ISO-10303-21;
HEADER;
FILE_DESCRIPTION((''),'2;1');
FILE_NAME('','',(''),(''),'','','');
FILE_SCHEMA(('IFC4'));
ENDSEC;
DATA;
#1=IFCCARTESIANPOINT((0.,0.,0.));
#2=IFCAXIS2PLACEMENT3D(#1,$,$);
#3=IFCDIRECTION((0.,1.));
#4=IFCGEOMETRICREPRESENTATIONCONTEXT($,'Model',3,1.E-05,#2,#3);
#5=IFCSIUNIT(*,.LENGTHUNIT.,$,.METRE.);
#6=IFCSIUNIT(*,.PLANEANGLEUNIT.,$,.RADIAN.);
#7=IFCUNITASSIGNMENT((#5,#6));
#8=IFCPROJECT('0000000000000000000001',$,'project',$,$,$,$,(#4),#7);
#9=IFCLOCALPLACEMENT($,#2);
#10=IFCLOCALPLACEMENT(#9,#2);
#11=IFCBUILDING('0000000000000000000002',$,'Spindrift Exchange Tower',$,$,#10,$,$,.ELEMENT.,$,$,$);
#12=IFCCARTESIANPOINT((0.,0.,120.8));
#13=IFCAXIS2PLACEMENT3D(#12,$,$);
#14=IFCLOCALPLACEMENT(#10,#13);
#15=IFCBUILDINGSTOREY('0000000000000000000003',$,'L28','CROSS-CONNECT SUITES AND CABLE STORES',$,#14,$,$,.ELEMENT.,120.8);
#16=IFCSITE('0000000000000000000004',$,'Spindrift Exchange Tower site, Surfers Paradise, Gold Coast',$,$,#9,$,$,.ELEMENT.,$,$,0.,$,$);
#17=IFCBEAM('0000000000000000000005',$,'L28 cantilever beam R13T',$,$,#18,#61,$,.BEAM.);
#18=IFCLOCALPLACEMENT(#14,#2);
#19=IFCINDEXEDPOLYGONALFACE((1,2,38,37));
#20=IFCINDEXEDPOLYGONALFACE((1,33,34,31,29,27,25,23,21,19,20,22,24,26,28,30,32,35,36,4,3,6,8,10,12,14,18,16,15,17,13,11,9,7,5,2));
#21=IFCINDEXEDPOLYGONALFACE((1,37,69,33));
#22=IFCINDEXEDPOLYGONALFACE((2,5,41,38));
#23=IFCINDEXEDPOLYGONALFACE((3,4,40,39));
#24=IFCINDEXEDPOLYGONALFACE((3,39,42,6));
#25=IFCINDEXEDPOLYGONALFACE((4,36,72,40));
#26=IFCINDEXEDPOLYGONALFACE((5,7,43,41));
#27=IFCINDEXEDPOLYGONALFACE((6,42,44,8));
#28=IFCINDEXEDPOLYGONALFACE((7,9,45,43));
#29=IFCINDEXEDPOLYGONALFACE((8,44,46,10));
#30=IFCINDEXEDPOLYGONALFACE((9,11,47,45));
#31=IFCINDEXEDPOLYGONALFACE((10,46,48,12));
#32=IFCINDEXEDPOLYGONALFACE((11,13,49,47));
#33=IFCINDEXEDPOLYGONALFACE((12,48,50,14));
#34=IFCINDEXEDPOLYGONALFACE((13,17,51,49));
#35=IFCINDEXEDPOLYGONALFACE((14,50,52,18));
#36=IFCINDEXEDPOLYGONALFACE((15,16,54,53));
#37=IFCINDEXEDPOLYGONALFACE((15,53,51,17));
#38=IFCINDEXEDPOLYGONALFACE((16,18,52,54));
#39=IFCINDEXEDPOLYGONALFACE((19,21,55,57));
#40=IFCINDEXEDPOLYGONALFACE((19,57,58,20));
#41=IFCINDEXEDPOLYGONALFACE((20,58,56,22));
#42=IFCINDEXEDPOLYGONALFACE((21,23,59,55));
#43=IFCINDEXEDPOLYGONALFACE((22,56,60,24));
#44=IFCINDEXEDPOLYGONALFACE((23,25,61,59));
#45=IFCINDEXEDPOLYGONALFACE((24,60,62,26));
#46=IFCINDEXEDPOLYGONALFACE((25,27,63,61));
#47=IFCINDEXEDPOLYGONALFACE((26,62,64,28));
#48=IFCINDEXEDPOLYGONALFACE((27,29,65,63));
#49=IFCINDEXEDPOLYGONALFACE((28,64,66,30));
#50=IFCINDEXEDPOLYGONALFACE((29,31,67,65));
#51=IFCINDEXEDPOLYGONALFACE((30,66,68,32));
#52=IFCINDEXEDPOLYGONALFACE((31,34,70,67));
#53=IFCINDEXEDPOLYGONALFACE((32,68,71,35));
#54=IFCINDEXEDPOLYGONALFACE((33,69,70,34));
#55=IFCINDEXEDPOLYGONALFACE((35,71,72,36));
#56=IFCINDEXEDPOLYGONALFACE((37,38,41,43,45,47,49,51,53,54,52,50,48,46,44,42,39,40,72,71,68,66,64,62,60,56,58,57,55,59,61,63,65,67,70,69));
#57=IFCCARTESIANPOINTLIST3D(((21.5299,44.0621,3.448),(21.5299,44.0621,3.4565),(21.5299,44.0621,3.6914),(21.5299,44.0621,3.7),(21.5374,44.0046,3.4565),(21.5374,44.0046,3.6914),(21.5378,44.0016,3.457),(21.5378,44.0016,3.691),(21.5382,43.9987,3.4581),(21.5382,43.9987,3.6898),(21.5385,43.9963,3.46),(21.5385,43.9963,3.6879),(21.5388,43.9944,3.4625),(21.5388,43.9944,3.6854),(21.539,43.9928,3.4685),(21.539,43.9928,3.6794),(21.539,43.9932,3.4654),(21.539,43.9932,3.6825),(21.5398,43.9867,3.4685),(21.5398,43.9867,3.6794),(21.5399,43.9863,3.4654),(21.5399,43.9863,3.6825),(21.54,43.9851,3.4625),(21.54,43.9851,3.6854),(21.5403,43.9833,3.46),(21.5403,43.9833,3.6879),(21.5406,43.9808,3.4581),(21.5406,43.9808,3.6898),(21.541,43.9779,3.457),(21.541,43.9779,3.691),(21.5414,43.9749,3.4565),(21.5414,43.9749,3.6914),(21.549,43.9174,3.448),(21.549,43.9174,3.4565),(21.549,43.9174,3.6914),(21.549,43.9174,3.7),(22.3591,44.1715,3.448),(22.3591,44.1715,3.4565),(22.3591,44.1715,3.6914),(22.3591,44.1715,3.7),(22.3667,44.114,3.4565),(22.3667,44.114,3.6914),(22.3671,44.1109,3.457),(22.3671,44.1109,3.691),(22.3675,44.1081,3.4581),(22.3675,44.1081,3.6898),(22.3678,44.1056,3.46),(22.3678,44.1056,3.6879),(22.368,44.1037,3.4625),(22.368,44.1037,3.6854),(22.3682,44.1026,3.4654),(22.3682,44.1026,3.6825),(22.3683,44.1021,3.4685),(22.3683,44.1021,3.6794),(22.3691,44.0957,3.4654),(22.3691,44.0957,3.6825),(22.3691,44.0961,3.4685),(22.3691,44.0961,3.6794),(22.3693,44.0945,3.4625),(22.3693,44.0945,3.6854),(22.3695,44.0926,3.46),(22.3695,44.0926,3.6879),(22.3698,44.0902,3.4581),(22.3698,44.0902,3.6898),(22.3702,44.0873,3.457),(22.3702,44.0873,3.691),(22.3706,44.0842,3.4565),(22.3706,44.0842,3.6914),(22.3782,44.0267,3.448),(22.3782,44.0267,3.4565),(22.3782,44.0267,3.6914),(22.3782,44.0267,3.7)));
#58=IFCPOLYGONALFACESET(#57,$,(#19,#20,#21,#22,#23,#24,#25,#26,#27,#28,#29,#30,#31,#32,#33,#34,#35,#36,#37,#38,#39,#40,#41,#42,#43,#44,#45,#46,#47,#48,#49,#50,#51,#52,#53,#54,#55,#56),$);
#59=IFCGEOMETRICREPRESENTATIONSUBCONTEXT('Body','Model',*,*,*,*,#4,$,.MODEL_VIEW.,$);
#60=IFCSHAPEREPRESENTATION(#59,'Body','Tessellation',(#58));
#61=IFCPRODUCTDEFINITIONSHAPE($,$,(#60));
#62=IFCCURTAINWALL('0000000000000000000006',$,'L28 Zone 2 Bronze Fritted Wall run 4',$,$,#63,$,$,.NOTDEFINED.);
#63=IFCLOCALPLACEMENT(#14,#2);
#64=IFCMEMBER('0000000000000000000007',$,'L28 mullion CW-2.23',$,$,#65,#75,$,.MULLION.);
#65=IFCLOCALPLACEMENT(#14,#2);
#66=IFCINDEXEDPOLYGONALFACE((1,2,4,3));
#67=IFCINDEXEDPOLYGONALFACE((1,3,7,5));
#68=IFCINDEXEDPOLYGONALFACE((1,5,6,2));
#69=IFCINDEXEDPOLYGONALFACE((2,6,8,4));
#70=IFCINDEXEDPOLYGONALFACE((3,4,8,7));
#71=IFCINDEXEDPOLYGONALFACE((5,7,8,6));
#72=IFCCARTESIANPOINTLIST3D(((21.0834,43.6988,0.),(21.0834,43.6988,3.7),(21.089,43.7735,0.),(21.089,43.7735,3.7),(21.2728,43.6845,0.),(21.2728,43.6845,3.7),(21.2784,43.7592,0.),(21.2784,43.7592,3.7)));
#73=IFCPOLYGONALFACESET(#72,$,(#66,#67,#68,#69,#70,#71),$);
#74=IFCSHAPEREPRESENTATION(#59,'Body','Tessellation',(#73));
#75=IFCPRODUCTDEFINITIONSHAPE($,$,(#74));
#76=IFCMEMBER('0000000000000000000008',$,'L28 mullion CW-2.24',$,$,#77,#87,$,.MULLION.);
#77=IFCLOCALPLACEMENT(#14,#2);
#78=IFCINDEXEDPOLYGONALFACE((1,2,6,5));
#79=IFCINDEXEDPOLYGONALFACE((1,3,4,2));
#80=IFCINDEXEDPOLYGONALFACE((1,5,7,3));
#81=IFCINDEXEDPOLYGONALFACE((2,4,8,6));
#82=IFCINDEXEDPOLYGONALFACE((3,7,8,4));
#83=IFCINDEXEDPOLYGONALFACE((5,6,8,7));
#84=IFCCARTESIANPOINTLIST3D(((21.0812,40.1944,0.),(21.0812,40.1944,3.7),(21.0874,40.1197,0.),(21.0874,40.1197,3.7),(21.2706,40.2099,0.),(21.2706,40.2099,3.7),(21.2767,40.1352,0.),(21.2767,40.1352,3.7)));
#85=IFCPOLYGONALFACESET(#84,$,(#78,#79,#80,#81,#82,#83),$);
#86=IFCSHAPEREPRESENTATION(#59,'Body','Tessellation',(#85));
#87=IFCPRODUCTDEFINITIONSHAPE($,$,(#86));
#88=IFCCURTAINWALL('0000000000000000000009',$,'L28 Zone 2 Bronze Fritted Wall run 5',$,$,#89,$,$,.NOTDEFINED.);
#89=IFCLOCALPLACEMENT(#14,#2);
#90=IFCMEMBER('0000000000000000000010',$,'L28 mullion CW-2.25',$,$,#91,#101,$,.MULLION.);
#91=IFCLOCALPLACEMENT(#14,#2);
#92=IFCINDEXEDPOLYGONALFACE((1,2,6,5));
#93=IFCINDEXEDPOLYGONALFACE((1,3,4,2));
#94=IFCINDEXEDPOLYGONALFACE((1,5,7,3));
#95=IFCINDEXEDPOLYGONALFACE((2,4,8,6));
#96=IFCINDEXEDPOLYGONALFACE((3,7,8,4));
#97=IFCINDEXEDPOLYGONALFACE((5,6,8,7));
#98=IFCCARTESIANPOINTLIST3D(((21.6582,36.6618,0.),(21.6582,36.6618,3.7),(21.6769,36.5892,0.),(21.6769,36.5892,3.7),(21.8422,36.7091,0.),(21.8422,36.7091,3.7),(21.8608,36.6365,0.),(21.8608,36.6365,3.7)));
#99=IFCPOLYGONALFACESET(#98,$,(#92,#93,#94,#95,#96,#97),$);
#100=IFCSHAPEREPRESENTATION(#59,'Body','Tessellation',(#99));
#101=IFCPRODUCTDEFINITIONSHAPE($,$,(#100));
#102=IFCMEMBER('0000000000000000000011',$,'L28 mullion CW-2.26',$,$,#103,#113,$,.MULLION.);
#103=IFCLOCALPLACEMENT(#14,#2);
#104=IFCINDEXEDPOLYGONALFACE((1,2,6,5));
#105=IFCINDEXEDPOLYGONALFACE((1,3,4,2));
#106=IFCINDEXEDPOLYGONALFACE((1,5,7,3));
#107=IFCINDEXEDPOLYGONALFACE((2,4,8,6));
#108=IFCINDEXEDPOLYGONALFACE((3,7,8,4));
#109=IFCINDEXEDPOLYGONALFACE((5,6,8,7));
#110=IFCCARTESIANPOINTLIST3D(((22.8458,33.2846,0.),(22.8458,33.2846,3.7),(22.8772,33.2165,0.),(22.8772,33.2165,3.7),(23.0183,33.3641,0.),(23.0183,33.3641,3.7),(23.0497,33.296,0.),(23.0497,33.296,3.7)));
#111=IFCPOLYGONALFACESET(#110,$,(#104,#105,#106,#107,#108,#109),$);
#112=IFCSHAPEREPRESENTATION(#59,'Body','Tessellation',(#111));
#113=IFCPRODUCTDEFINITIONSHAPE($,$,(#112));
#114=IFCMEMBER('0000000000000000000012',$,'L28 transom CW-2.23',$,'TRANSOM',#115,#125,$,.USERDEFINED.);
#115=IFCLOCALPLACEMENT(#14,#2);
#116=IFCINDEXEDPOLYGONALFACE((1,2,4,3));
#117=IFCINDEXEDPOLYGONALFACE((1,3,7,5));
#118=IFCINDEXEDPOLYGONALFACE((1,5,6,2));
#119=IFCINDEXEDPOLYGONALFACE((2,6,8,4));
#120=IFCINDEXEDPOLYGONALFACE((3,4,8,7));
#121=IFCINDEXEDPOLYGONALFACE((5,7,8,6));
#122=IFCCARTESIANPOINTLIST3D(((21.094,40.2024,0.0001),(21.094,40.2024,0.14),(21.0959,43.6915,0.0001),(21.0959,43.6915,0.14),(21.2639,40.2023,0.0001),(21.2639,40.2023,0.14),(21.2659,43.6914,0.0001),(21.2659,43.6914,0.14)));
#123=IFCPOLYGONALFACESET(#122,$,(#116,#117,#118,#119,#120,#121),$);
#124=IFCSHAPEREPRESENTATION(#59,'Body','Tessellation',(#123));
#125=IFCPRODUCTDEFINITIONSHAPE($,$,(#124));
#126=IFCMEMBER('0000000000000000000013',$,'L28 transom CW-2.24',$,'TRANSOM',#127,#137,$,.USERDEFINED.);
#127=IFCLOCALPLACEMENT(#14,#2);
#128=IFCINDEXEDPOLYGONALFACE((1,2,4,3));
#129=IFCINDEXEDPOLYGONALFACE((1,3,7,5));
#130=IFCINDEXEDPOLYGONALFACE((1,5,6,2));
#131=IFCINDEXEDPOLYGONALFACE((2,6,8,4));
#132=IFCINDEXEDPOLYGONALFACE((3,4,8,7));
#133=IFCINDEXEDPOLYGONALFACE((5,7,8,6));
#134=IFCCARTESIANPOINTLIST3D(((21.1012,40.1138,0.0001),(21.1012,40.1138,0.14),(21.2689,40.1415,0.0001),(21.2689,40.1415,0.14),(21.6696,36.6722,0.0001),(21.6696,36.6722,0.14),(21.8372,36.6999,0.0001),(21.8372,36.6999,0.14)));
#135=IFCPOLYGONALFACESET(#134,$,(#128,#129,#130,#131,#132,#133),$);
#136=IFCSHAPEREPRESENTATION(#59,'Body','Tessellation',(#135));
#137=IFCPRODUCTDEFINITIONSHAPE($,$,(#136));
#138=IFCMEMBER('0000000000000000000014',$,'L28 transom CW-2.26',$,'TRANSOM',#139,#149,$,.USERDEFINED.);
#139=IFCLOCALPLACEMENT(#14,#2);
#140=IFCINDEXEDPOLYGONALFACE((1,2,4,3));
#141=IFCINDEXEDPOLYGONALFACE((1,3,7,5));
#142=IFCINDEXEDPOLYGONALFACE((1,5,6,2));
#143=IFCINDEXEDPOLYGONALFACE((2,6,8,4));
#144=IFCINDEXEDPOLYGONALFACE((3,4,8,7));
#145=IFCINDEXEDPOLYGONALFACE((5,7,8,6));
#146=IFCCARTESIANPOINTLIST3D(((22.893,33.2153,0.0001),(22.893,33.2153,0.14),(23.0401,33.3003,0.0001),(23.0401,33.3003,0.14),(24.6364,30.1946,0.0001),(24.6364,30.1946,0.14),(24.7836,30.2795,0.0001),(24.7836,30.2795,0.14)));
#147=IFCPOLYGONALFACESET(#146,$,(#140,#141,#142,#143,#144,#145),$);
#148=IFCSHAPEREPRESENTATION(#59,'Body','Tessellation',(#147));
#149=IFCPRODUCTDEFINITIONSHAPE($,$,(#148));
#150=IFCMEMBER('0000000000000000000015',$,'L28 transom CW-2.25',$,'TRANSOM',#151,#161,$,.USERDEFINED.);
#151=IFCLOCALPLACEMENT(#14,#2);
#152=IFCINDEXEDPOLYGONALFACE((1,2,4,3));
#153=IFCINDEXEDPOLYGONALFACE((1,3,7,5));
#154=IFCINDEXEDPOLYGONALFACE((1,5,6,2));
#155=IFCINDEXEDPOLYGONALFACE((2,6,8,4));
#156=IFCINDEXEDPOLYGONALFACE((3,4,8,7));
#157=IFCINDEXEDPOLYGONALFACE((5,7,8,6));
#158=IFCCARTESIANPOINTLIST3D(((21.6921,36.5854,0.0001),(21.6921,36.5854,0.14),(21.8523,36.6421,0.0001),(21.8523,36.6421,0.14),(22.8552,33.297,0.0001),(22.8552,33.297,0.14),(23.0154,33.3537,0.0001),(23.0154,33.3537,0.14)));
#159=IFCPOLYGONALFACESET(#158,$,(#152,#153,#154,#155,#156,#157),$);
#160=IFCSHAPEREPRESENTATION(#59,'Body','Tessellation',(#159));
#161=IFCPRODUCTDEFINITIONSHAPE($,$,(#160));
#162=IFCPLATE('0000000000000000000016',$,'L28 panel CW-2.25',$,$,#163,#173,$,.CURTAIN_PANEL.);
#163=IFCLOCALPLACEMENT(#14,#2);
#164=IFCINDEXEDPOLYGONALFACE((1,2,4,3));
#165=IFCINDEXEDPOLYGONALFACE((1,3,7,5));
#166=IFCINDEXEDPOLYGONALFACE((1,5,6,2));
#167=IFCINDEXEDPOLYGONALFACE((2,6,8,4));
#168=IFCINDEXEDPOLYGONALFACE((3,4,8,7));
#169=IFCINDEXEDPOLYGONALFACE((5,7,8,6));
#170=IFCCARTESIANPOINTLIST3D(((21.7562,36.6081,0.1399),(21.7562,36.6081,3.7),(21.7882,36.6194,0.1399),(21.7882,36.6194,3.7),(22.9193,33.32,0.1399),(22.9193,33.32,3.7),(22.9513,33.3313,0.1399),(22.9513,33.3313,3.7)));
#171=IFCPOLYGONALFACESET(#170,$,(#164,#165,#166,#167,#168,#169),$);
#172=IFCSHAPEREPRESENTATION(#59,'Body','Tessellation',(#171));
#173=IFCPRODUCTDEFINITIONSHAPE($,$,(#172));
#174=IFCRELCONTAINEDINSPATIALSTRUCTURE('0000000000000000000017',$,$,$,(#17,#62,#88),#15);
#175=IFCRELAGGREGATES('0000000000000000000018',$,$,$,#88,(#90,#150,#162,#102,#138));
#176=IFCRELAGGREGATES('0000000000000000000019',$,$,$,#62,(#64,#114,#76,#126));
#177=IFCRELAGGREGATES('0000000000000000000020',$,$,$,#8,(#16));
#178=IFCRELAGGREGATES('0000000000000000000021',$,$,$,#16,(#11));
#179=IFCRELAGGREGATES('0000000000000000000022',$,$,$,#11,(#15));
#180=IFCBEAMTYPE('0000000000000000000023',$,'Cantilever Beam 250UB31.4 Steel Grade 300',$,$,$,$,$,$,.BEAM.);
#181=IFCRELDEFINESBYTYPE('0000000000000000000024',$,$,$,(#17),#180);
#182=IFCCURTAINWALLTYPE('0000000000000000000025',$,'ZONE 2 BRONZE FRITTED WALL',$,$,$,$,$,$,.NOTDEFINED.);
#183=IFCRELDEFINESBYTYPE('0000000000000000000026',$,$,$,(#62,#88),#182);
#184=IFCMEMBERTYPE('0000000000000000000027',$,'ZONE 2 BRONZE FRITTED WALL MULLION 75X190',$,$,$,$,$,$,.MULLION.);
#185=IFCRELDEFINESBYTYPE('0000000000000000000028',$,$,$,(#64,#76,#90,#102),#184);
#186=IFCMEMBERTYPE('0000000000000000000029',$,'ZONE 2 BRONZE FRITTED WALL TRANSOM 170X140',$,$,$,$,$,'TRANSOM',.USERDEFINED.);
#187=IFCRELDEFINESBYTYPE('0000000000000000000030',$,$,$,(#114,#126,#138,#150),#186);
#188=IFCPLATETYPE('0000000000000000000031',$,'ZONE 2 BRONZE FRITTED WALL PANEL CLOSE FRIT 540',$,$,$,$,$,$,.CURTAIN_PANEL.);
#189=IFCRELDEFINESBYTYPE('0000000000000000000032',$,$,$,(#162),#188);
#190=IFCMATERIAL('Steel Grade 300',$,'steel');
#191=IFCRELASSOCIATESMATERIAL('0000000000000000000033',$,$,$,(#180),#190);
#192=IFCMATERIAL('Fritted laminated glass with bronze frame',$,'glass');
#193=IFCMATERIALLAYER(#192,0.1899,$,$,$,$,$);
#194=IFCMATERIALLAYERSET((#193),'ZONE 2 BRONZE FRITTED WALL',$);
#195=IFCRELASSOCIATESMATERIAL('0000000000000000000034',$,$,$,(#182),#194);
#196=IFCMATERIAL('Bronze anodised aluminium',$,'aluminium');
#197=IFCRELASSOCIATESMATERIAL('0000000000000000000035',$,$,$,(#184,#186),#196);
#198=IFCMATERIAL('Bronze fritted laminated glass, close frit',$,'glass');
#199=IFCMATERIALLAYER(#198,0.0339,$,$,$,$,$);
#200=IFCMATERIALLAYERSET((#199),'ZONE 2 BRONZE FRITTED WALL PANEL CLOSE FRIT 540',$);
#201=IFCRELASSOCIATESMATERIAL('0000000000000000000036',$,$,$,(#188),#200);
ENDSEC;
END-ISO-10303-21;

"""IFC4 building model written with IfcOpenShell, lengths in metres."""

from ifc_helpers import new_model, si_unit, direction, frame, origin, origin_2d, place, context, subcontext, project, spatial, rectangle, i_section, extrude, source, transform, mapped, material, layer, layer_set, material_profile, profile_set, type_object, element, aggregate, save


model = new_model("IFC4")

# Units and contexts
model_context = context("Model", 3, precision=1e-05, world=origin(), true_north=direction((0.0, 1.0)))
body_context = subcontext(model_context, "Body", "Model", "MODEL_VIEW")
ifc_project = project(units=[si_unit("LENGTHUNIT", "METRE"), si_unit("PLANEANGLEUNIT", "RADIAN")], contexts=[model_context])

# Site, building, storey
site_placement = place(None, origin())
site = spatial("IfcSite", under=ifc_project, at=site_placement, Name="Spindrift Exchange Tower site, Surfers Paradise, Gold Coast", CompositionType="ELEMENT", RefElevation=0.0)
building_placement = place(site_placement, origin())
building = spatial("IfcBuilding", under=site, at=building_placement, Name="Spindrift Exchange Tower", CompositionType="ELEMENT")
storey_placement = place(building_placement, frame((0.0, 0.0, 120.8)))
storey = spatial("IfcBuildingStorey", under=building, at=storey_placement, Name="L28", Description="CROSS-CONNECT SUITES AND CABLE STORES", CompositionType="ELEMENT", Elevation=120.8)

# Beam
ifc_material_1 = material(Name="Steel Grade 300", Category="steel")
ifc_material_profile_1 = material_profile(ifc_material_1, i_section(OverallWidth=0.146, OverallDepth=0.252, WebThickness=0.0061, FlangeThickness=0.0085, FilletRadius=0.012, at=origin_2d()), Name="250UB31.4")
ifc_profile_set_1 = profile_set([ifc_material_profile_1], Name="Steel Grade 300")
beam_type_1 = type_object("IfcBeamType", Name="Cantilever Beam 250UB31.4 Steel Grade 300", PredefinedType="BEAM", material=ifc_profile_set_1)
shared_shape_1 = source(origin(), body_context, "Body", "SweptSolid", [
    extrude(i_section(OverallWidth=0.146, OverallDepth=0.252, WebThickness=0.0061, FlangeThickness=0.0085, FilletRadius=0.012, at=origin_2d()), origin(), (0.0, 0.0, 1.0), 0.8364),
])
beam_1_placement = place(storey_placement, frame((22.3687, 44.0991, 3.574), z_axis=(-0.991416, -0.130749, 0.0), x_axis=(0.130749, -0.991416, 0.0)))
element("IfcBeam", 1, at=beam_1_placement, inside=storey, type_object=beam_type_1, Name="L28 cantilever beam R13T", PredefinedType="BEAM", context=body_context, shape_type="MappedRepresentation", body=[
    mapped(shared_shape_1, transform((0.0, 0.0, 0.0), scale=1.0)),
])

# Curtain walls, members
ifc_material_2 = material(Name="Fritted laminated glass with bronze frame", Category="glass")
ifc_layer_1 = layer(ifc_material_2, 0.1899)
ifc_layer_set_1 = layer_set([ifc_layer_1], Name="ZONE 2 BRONZE FRITTED WALL")
curtain_wall_type = type_object("IfcCurtainWallType", Name="ZONE 2 BRONZE FRITTED WALL", PredefinedType="NOTDEFINED", material=ifc_layer_set_1)
curtain_wall_1_placement = place(storey_placement, origin())
curtain_wall_1 = element("IfcCurtainWall", 2, at=curtain_wall_1_placement, inside=storey, type_object=curtain_wall_type, Name="L28 Zone 2 Bronze Fritted Wall run 4", PredefinedType="NOTDEFINED")
ifc_material_3 = material(Name="Bronze anodised aluminium", Category="aluminium")
ifc_material_profile_2 = material_profile(ifc_material_3, rectangle(XDim=0.075, YDim=0.1899, at=origin_2d()), Name="ZONE 2 BRONZE FRITTED WALL MULLION 75X190")
ifc_profile_set_2 = profile_set([ifc_material_profile_2], Name="Bronze anodised aluminium")
member_type_1 = type_object("IfcMemberType", Name="ZONE 2 BRONZE FRITTED WALL MULLION 75X190", PredefinedType="MULLION", material=ifc_profile_set_2)
shared_shape_2 = source(origin(), body_context, "Body", "SweptSolid", [
    extrude(rectangle(XDim=0.075, YDim=0.1899, at=origin_2d()), origin(), (0.0, 0.0, 1.0), 3.7),
])
member_1_placement = place(storey_placement, frame((21.1809, 43.729, 0.0), z_axis=(0.0, 0.0, 1.0), x_axis=(-0.075478, -0.997147, 0.0)))
member_1 = element("IfcMember", 3, at=member_1_placement, type_object=member_type_1, Name="L28 mullion CW-2.23", PredefinedType="MULLION", context=body_context, shape_type="MappedRepresentation", body=[
    mapped(shared_shape_2, transform((0.0, 0.0, 0.0), scale=1.0)),
])
member_2_placement = place(storey_placement, frame((21.179, 40.1648, 0.0), z_axis=(0.0, 0.0, 1.0), x_axis=(0.081463, -0.996676, 0.0)))
member_2 = element("IfcMember", 4, at=member_2_placement, type_object=member_type_1, Name="L28 mullion CW-2.24", PredefinedType="MULLION", context=body_context, shape_type="MappedRepresentation", body=[
    mapped(shared_shape_2, transform((0.0, 0.0, 0.0), scale=1.0)),
])
curtain_wall_2_placement = place(storey_placement, origin())
curtain_wall_2 = element("IfcCurtainWall", 5, at=curtain_wall_2_placement, inside=storey, type_object=curtain_wall_type, Name="L28 Zone 2 Bronze Fritted Wall run 5", PredefinedType="NOTDEFINED")
member_3_placement = place(storey_placement, frame((21.7595, 36.6492, 0.0), z_axis=(0.0, 0.0, 1.0), x_axis=(0.249198, -0.968453, 0.0)))
member_3 = element("IfcMember", 6, at=member_3_placement, type_object=member_type_1, Name="L28 mullion CW-2.25", PredefinedType="MULLION", context=body_context, shape_type="MappedRepresentation", body=[
    mapped(shared_shape_2, transform((0.0, 0.0, 0.0), scale=1.0)),
])
member_4_placement = place(storey_placement, frame((22.9478, 33.2903, 0.0), z_axis=(0.0, 0.0, 1.0), x_axis=(0.418429, -0.908249, 0.0)))
member_4 = element("IfcMember", 7, at=member_4_placement, type_object=member_type_1, Name="L28 mullion CW-2.26", PredefinedType="MULLION", context=body_context, shape_type="MappedRepresentation", body=[
    mapped(shared_shape_2, transform((0.0, 0.0, 0.0), scale=1.0)),
])

# Members
ifc_material_profile_3 = material_profile(ifc_material_3, rectangle(XDim=0.1699, YDim=0.1399, at=origin_2d()), Name="ZONE 2 BRONZE FRITTED WALL TRANSOM 170X140")
ifc_profile_set_3 = profile_set([ifc_material_profile_3], Name="Bronze anodised aluminium")
member_type_2 = type_object("IfcMemberType", Name="ZONE 2 BRONZE FRITTED WALL TRANSOM 170X140", ElementType="TRANSOM", PredefinedType="USERDEFINED", material=ifc_profile_set_3)
shared_shape_3 = source(origin(), body_context, "Body", "SweptSolid", [
    extrude(rectangle(XDim=0.1699, YDim=0.1399, at=origin_2d()), origin(), (0.0, 0.0, 1.0), 3.489),
])
member_5_placement = place(storey_placement, frame((21.1809, 43.6914, 0.0701), z_axis=(-0.00056, -1.0, 0.0), x_axis=(1.0, -0.00056, 0.0)))
member_5 = element("IfcMember", 8, at=member_5_placement, type_object=member_type_2, Name="L28 transom CW-2.23", ObjectType="TRANSOM", PredefinedType="USERDEFINED", context=body_context, shape_type="MappedRepresentation", body=[
    mapped(shared_shape_3, transform((0.0, 0.0, 0.0), scale=1.0)),
])
shared_shape_4 = source(origin(), body_context, "Body", "SweptSolid", [
    extrude(rectangle(XDim=0.1699, YDim=0.1399, at=origin_2d()), origin(), (0.0, 0.0, 1.0), 3.4883),
])
member_6_placement = place(storey_placement, frame((21.1851, 40.1277, 0.0701), z_axis=(0.162935, -0.986637, 0.0), x_axis=(0.986637, 0.162935, 0.0)))
member_6 = element("IfcMember", 9, at=member_6_placement, type_object=member_type_2, Name="L28 transom CW-2.24", ObjectType="TRANSOM", PredefinedType="USERDEFINED", context=body_context, shape_type="MappedRepresentation", body=[
    mapped(shared_shape_4, transform((0.0, 0.0, 0.0), scale=1.0)),
])
shared_shape_5 = source(origin(), body_context, "Body", "SweptSolid", [
    extrude(rectangle(XDim=0.1699, YDim=0.1399, at=origin_2d()), origin(), (0.0, 0.0, 1.0), 3.4878),
])
member_7_placement = place(storey_placement, frame((22.9666, 33.2578, 0.0701), z_axis=(0.499866, -0.866103, 0.0), x_axis=(0.866103, 0.499866, 0.0)))
member_7 = element("IfcMember", 10, at=member_7_placement, type_object=member_type_2, Name="L28 transom CW-2.26", ObjectType="TRANSOM", PredefinedType="USERDEFINED", context=body_context, shape_type="MappedRepresentation", body=[
    mapped(shared_shape_5, transform((0.0, 0.0, 0.0), scale=1.0)),
])
shared_shape_6 = source(origin(), body_context, "Body", "SweptSolid", [
    extrude(rectangle(XDim=0.1699, YDim=0.1399, at=origin_2d()), origin(), (0.0, 0.0, 1.0), 3.488),
])
member_8_placement = place(storey_placement, frame((21.7722, 36.6138, 0.0701), z_axis=(0.333457, -0.942765, 0.0), x_axis=(0.942765, 0.333457, 0.0)))
member_8 = element("IfcMember", 11, at=member_8_placement, type_object=member_type_2, Name="L28 transom CW-2.25", ObjectType="TRANSOM", PredefinedType="USERDEFINED", context=body_context, shape_type="MappedRepresentation", body=[
    mapped(shared_shape_6, transform((0.0, 0.0, 0.0), scale=1.0)),
])

# Plate
ifc_material_4 = material(Name="Bronze fritted laminated glass, close frit", Category="glass")
ifc_layer_2 = layer(ifc_material_4, 0.0339)
ifc_layer_set_2 = layer_set([ifc_layer_2], Name="ZONE 2 BRONZE FRITTED WALL PANEL CLOSE FRIT 540")
plate_type_1 = type_object("IfcPlateType", Name="ZONE 2 BRONZE FRITTED WALL PANEL CLOSE FRIT 540", PredefinedType="CURTAIN_PANEL", material=ifc_layer_set_2)
shared_shape_7 = source(origin(), body_context, "Body", "SweptSolid", [
    extrude(rectangle(XDim=3.4878, YDim=0.0339, at=origin_2d()), origin(), (0.0, 0.0, 1.0), 3.5601),
])
plate_1_placement = place(storey_placement, frame((22.3538, 34.9697, 0.1399), z_axis=(0.0, 0.0, 1.0), x_axis=(0.333496, -0.942752, 0.0)))
plate_1 = element("IfcPlate", 12, at=plate_1_placement, type_object=plate_type_1, Name="L28 panel CW-2.25", PredefinedType="CURTAIN_PANEL", context=body_context, shape_type="MappedRepresentation", body=[
    mapped(shared_shape_7, transform((0.0, 0.0, 0.0), scale=1.0)),
])
aggregate(curtain_wall_2, [member_3, member_8, plate_1, member_4, member_7])
aggregate(curtain_wall_1, [member_1, member_5, member_2, member_6])

save(model, "model.ifc")
